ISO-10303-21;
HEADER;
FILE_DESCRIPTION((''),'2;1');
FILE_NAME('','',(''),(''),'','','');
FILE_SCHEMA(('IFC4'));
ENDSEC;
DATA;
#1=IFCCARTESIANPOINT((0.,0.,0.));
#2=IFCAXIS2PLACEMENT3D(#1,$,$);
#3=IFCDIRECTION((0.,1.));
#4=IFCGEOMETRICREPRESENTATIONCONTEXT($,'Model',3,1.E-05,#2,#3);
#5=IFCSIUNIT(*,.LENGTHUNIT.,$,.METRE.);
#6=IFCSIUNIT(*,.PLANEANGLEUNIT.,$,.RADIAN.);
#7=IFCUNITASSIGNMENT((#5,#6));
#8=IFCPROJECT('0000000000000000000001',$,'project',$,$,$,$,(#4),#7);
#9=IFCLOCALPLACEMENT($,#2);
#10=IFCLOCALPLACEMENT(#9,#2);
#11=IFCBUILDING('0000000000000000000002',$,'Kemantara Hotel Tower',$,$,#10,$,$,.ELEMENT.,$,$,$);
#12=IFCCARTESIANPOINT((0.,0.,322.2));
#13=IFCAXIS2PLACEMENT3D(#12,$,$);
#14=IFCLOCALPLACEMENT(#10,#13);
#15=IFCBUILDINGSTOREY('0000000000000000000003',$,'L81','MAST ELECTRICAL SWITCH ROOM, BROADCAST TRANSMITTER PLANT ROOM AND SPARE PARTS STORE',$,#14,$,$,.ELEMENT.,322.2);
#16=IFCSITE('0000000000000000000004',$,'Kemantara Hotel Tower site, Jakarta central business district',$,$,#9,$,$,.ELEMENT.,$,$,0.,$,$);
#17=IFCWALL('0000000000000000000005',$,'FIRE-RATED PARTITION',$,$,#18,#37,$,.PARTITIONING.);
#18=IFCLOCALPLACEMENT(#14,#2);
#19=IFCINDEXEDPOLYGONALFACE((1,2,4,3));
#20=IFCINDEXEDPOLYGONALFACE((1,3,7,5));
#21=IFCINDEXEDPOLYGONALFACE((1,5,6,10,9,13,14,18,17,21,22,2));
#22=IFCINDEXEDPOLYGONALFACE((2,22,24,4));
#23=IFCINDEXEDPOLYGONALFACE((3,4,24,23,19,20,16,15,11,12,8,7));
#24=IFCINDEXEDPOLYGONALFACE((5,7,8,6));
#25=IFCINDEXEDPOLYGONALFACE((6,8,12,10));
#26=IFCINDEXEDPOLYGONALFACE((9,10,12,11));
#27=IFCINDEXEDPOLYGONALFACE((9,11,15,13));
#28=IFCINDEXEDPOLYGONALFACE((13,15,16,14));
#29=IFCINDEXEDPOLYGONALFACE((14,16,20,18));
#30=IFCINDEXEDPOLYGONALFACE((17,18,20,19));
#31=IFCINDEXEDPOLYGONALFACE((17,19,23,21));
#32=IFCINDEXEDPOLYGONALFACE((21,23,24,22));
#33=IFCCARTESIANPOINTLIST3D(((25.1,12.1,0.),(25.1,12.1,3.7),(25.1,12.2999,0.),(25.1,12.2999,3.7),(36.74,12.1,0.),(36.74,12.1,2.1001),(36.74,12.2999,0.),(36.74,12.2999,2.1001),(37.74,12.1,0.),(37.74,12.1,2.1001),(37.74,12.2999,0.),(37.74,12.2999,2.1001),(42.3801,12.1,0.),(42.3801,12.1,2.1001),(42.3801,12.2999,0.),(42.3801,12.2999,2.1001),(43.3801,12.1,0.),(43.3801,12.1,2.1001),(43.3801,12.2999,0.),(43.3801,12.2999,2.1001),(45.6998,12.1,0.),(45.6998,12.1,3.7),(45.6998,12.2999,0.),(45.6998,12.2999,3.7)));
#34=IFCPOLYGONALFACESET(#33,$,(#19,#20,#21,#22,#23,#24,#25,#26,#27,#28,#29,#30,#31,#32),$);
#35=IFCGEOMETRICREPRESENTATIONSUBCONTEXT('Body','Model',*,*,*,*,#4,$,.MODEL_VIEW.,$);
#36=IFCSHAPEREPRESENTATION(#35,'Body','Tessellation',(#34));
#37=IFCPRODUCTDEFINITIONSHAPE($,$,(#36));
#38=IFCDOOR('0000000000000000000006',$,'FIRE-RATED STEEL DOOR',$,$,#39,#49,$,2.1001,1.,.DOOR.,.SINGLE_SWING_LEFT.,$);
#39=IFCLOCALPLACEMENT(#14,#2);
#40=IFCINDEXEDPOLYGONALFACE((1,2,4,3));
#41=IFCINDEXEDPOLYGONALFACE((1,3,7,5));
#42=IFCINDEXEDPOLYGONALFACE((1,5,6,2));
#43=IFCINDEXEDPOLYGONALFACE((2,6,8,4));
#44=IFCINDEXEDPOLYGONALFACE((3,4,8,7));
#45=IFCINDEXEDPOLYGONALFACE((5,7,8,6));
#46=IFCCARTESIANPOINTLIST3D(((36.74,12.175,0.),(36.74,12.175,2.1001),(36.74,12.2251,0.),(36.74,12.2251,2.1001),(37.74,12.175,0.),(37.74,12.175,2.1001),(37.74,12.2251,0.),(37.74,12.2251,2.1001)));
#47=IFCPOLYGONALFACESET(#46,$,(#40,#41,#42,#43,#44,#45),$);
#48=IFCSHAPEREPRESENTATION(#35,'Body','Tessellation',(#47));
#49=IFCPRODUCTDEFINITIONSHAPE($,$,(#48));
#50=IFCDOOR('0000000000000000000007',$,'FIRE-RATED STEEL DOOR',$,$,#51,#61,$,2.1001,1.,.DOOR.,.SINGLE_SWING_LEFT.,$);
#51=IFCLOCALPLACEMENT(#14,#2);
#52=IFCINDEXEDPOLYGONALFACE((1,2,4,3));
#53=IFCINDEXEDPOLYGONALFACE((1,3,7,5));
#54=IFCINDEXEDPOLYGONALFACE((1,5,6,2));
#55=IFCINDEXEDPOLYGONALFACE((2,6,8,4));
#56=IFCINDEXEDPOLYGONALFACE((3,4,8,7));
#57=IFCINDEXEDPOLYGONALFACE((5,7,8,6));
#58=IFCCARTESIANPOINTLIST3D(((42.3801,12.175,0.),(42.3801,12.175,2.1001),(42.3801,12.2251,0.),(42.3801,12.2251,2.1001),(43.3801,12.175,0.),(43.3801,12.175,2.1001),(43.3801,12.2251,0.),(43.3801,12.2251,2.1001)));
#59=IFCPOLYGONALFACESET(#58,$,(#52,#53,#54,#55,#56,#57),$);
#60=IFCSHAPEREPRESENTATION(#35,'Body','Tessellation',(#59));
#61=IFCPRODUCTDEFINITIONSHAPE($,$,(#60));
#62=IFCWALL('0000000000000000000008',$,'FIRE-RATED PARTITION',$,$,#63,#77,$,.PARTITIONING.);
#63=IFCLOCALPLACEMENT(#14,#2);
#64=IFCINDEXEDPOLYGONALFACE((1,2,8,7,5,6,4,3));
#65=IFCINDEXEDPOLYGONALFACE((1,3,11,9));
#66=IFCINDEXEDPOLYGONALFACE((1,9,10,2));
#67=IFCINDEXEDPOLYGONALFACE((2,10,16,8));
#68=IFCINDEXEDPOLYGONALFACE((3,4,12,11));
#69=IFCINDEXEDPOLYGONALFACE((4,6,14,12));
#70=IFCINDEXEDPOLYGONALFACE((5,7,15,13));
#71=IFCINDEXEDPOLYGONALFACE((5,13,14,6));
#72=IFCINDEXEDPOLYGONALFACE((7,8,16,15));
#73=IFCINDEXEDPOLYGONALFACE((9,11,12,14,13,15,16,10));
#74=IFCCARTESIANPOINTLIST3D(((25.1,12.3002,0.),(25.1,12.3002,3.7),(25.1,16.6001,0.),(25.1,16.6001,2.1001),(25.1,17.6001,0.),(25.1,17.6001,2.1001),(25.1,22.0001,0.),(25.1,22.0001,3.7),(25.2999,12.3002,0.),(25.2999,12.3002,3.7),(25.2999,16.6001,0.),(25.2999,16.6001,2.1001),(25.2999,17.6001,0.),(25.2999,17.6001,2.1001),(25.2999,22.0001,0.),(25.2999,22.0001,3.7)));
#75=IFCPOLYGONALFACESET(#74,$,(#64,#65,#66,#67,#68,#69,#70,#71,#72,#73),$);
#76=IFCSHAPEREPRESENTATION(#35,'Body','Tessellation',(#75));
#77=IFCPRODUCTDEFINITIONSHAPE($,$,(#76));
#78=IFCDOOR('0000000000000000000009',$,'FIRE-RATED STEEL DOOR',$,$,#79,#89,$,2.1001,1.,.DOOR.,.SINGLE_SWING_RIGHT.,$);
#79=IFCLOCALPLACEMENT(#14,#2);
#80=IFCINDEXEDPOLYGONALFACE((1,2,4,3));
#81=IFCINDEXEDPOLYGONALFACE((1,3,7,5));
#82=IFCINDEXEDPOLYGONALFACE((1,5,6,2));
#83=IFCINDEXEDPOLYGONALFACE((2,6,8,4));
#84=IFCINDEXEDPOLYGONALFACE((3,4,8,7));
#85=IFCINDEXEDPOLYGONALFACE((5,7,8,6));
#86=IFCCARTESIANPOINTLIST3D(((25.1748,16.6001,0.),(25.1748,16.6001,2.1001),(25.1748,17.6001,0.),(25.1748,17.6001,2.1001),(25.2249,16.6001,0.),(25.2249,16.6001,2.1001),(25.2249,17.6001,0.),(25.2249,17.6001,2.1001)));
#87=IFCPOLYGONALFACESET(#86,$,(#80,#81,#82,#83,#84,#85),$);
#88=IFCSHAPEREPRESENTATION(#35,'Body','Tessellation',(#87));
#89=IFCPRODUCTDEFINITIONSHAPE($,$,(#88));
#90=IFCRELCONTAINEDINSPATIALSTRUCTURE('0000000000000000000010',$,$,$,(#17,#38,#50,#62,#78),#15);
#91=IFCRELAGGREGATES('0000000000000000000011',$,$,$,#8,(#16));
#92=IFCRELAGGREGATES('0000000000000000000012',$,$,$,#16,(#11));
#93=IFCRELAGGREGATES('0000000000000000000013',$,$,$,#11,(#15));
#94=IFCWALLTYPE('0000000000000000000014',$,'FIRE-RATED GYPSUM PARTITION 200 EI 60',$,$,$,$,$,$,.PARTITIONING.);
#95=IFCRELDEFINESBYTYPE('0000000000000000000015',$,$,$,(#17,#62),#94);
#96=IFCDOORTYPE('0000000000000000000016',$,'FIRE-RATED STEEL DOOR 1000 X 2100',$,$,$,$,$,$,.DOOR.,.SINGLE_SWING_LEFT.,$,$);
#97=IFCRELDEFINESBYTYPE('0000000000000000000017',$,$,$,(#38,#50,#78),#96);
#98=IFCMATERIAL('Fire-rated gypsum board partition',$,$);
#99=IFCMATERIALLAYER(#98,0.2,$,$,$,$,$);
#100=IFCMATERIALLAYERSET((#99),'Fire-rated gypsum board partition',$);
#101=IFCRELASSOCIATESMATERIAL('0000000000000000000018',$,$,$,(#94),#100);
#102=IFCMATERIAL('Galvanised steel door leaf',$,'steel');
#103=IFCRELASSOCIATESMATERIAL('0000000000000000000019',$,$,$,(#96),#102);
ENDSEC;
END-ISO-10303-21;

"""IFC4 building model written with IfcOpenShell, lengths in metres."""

from ifc_helpers import new_model, si_unit, direction, frame, frame_2d, origin, place, context, subcontext, project, spatial, rectangle, extrude, material, layer, layer_set, type_object, element, fill, save


model = new_model("IFC4")

# Units and contexts
model_context = context("Model", 3, precision=1e-05, world=origin(), true_north=direction((0.0, 1.0)))
body_context = subcontext(model_context, "Body", "Model", "MODEL_VIEW")
ifc_project = project(units=[si_unit("LENGTHUNIT", "METRE"), si_unit("PLANEANGLEUNIT", "RADIAN")], contexts=[model_context])

# Site, building, storey
site_placement = place(None, origin())
site = spatial("IfcSite", under=ifc_project, at=site_placement, Name="Kemantara Hotel Tower site, Jakarta central business district", CompositionType="ELEMENT", RefElevation=0.0)
building_placement = place(site_placement, origin())
building = spatial("IfcBuilding", under=site, at=building_placement, Name="Kemantara Hotel Tower", CompositionType="ELEMENT")
storey_placement = place(building_placement, frame((0.0, 0.0, 322.2)))
storey = spatial("IfcBuildingStorey", under=building, at=storey_placement, Name="L81", Description="MAST ELECTRICAL SWITCH ROOM, BROADCAST TRANSMITTER PLANT ROOM AND SPARE PARTS STORE", CompositionType="ELEMENT", Elevation=322.2)

# Wall, openings, doors
ifc_material_1 = material(Name="Fire-rated gypsum board partition")
ifc_layer_1 = layer(ifc_material_1, 0.2)
ifc_layer_set_1 = layer_set([ifc_layer_1], Name="Fire-rated gypsum board partition")
wall_type_1 = type_object("IfcWallType", Name="FIRE-RATED GYPSUM PARTITION 200 EI 60", PredefinedType="PARTITIONING", material=ifc_layer_set_1)
wall_1_placement = place(storey_placement, frame((25.1001, 12.2, 0.0), z_axis=(0.0, 0.0, 1.0), x_axis=(1.0, 0.0, 0.0)))
wall_1 = element("IfcWall", 1, at=wall_1_placement, inside=storey, type_object=wall_type_1, Name="FIRE-RATED PARTITION", PredefinedType="PARTITIONING", context=body_context, shape_type="SweptSolid", body=[
    extrude(rectangle(XDim=20.5999, YDim=0.2, at=frame_2d((10.2998, 0.0))), origin(), (0.0, 0.0, 1.0), 3.7),
])
opening_1_placement = place(wall_1_placement, frame((11.6399, 0.0, 0.0)))
opening_1 = element("IfcOpeningElement", 2, at=opening_1_placement, cuts=wall_1, PredefinedType="OPENING", context=body_context, shape_type="SweptSolid", body=[
    extrude(rectangle(XDim=1.0, YDim=2.1001, at=frame_2d((0.5, 1.05))), frame((0.0, 0.1099, 0.0), z_axis=(0.0, -1.0, 0.0), x_axis=(1.0, 0.0, 0.0)), (0.0, 0.0, 1.0), 0.22),
])
opening_2_placement = place(wall_1_placement, frame((17.28, 0.0, 0.0)))
opening_2 = element("IfcOpeningElement", 3, at=opening_2_placement, cuts=wall_1, PredefinedType="OPENING", context=body_context, shape_type="SweptSolid", body=[
    extrude(rectangle(XDim=1.0, YDim=2.1001, at=frame_2d((0.5, 1.05))), frame((0.0, 0.1099, 0.0), z_axis=(0.0, -1.0, 0.0), x_axis=(1.0, 0.0, 0.0)), (0.0, 0.0, 1.0), 0.22),
])
ifc_material_2 = material(Name="Galvanised steel door leaf", Category="steel")
door_type = type_object("IfcDoorType", Name="FIRE-RATED STEEL DOOR 1000 X 2100", OperationType="SINGLE_SWING_LEFT", PredefinedType="DOOR", material=ifc_material_2)
door_1_placement = place(opening_1_placement, frame((1.0, 0.0, 0.0), z_axis=(0.0, 0.0, 1.0), x_axis=(-1.0, 0.0, 0.0)))
door_1 = element("IfcDoor", 4, at=door_1_placement, inside=storey, type_object=door_type, Name="FIRE-RATED STEEL DOOR", OperationType="SINGLE_SWING_LEFT", OverallHeight=2.1001, OverallWidth=1.0, PredefinedType="DOOR", context=body_context, shape_type="SweptSolid", body=[
    extrude(rectangle(XDim=1.0, YDim=2.1001, at=frame_2d((0.5, 1.05))), frame((0.0, 0.0249, 0.0), z_axis=(0.0, -1.0, 0.0), x_axis=(1.0, 0.0, 0.0)), (0.0, 0.0, 1.0), 0.05),
])
fill(opening_1, door_1)
door_2_placement = place(opening_2_placement, frame((1.0, 0.0, 0.0), z_axis=(0.0, 0.0, 1.0), x_axis=(-1.0, 0.0, 0.0)))
door_2 = element("IfcDoor", 5, at=door_2_placement, inside=storey, type_object=door_type, Name="FIRE-RATED STEEL DOOR", OperationType="SINGLE_SWING_LEFT", OverallHeight=2.1001, OverallWidth=1.0, PredefinedType="DOOR", context=body_context, shape_type="SweptSolid", body=[
    extrude(rectangle(XDim=1.0, YDim=2.1001, at=frame_2d((0.5, 1.05))), frame((0.0, 0.0249, 0.0), z_axis=(0.0, -1.0, 0.0), x_axis=(1.0, 0.0, 0.0)), (0.0, 0.0, 1.0), 0.05),
])
fill(opening_2, door_2)

# Wall, opening, door
wall_2_placement = place(storey_placement, frame((25.2, 12.3, 0.0), z_axis=(0.0, 0.0, 1.0), x_axis=(0.0, 1.0, 0.0)))
wall_2 = element("IfcWall", 6, at=wall_2_placement, inside=storey, type_object=wall_type_1, Name="FIRE-RATED PARTITION", PredefinedType="PARTITIONING", context=body_context, shape_type="SweptSolid", body=[
    extrude(rectangle(XDim=9.7, YDim=0.2, at=frame_2d((4.8501, 0.0))), origin(), (0.0, 0.0, 1.0), 3.7),
])
opening_3_placement = place(wall_2_placement, frame((4.3, 0.0, 0.0)))
opening_3 = element("IfcOpeningElement", 7, at=opening_3_placement, cuts=wall_2, PredefinedType="OPENING", context=body_context, shape_type="SweptSolid", body=[
    extrude(rectangle(XDim=1.0, YDim=2.1001, at=frame_2d((0.5, 1.05))), frame((0.0, 0.1099, 0.0), z_axis=(0.0, -1.0, 0.0), x_axis=(1.0, 0.0, 0.0)), (0.0, 0.0, 1.0), 0.22),
])
door_3_placement = place(opening_3_placement, frame((1.0, 0.0, 0.0), z_axis=(0.0, 0.0, 1.0), x_axis=(-1.0, 0.0, 0.0)))
door_3 = element("IfcDoor", 8, at=door_3_placement, inside=storey, type_object=door_type, Name="FIRE-RATED STEEL DOOR", OperationType="SINGLE_SWING_RIGHT", OverallHeight=2.1001, OverallWidth=1.0, PredefinedType="DOOR", context=body_context, shape_type="SweptSolid", body=[
    extrude(rectangle(XDim=1.0, YDim=2.1001, at=frame_2d((0.5, 1.05))), frame((0.0, 0.0249, 0.0), z_axis=(0.0, -1.0, 0.0), x_axis=(1.0, 0.0, 0.0)), (0.0, 0.0, 1.0), 0.05),
])
fill(opening_3, door_3)

save(model, "model.ifc")
